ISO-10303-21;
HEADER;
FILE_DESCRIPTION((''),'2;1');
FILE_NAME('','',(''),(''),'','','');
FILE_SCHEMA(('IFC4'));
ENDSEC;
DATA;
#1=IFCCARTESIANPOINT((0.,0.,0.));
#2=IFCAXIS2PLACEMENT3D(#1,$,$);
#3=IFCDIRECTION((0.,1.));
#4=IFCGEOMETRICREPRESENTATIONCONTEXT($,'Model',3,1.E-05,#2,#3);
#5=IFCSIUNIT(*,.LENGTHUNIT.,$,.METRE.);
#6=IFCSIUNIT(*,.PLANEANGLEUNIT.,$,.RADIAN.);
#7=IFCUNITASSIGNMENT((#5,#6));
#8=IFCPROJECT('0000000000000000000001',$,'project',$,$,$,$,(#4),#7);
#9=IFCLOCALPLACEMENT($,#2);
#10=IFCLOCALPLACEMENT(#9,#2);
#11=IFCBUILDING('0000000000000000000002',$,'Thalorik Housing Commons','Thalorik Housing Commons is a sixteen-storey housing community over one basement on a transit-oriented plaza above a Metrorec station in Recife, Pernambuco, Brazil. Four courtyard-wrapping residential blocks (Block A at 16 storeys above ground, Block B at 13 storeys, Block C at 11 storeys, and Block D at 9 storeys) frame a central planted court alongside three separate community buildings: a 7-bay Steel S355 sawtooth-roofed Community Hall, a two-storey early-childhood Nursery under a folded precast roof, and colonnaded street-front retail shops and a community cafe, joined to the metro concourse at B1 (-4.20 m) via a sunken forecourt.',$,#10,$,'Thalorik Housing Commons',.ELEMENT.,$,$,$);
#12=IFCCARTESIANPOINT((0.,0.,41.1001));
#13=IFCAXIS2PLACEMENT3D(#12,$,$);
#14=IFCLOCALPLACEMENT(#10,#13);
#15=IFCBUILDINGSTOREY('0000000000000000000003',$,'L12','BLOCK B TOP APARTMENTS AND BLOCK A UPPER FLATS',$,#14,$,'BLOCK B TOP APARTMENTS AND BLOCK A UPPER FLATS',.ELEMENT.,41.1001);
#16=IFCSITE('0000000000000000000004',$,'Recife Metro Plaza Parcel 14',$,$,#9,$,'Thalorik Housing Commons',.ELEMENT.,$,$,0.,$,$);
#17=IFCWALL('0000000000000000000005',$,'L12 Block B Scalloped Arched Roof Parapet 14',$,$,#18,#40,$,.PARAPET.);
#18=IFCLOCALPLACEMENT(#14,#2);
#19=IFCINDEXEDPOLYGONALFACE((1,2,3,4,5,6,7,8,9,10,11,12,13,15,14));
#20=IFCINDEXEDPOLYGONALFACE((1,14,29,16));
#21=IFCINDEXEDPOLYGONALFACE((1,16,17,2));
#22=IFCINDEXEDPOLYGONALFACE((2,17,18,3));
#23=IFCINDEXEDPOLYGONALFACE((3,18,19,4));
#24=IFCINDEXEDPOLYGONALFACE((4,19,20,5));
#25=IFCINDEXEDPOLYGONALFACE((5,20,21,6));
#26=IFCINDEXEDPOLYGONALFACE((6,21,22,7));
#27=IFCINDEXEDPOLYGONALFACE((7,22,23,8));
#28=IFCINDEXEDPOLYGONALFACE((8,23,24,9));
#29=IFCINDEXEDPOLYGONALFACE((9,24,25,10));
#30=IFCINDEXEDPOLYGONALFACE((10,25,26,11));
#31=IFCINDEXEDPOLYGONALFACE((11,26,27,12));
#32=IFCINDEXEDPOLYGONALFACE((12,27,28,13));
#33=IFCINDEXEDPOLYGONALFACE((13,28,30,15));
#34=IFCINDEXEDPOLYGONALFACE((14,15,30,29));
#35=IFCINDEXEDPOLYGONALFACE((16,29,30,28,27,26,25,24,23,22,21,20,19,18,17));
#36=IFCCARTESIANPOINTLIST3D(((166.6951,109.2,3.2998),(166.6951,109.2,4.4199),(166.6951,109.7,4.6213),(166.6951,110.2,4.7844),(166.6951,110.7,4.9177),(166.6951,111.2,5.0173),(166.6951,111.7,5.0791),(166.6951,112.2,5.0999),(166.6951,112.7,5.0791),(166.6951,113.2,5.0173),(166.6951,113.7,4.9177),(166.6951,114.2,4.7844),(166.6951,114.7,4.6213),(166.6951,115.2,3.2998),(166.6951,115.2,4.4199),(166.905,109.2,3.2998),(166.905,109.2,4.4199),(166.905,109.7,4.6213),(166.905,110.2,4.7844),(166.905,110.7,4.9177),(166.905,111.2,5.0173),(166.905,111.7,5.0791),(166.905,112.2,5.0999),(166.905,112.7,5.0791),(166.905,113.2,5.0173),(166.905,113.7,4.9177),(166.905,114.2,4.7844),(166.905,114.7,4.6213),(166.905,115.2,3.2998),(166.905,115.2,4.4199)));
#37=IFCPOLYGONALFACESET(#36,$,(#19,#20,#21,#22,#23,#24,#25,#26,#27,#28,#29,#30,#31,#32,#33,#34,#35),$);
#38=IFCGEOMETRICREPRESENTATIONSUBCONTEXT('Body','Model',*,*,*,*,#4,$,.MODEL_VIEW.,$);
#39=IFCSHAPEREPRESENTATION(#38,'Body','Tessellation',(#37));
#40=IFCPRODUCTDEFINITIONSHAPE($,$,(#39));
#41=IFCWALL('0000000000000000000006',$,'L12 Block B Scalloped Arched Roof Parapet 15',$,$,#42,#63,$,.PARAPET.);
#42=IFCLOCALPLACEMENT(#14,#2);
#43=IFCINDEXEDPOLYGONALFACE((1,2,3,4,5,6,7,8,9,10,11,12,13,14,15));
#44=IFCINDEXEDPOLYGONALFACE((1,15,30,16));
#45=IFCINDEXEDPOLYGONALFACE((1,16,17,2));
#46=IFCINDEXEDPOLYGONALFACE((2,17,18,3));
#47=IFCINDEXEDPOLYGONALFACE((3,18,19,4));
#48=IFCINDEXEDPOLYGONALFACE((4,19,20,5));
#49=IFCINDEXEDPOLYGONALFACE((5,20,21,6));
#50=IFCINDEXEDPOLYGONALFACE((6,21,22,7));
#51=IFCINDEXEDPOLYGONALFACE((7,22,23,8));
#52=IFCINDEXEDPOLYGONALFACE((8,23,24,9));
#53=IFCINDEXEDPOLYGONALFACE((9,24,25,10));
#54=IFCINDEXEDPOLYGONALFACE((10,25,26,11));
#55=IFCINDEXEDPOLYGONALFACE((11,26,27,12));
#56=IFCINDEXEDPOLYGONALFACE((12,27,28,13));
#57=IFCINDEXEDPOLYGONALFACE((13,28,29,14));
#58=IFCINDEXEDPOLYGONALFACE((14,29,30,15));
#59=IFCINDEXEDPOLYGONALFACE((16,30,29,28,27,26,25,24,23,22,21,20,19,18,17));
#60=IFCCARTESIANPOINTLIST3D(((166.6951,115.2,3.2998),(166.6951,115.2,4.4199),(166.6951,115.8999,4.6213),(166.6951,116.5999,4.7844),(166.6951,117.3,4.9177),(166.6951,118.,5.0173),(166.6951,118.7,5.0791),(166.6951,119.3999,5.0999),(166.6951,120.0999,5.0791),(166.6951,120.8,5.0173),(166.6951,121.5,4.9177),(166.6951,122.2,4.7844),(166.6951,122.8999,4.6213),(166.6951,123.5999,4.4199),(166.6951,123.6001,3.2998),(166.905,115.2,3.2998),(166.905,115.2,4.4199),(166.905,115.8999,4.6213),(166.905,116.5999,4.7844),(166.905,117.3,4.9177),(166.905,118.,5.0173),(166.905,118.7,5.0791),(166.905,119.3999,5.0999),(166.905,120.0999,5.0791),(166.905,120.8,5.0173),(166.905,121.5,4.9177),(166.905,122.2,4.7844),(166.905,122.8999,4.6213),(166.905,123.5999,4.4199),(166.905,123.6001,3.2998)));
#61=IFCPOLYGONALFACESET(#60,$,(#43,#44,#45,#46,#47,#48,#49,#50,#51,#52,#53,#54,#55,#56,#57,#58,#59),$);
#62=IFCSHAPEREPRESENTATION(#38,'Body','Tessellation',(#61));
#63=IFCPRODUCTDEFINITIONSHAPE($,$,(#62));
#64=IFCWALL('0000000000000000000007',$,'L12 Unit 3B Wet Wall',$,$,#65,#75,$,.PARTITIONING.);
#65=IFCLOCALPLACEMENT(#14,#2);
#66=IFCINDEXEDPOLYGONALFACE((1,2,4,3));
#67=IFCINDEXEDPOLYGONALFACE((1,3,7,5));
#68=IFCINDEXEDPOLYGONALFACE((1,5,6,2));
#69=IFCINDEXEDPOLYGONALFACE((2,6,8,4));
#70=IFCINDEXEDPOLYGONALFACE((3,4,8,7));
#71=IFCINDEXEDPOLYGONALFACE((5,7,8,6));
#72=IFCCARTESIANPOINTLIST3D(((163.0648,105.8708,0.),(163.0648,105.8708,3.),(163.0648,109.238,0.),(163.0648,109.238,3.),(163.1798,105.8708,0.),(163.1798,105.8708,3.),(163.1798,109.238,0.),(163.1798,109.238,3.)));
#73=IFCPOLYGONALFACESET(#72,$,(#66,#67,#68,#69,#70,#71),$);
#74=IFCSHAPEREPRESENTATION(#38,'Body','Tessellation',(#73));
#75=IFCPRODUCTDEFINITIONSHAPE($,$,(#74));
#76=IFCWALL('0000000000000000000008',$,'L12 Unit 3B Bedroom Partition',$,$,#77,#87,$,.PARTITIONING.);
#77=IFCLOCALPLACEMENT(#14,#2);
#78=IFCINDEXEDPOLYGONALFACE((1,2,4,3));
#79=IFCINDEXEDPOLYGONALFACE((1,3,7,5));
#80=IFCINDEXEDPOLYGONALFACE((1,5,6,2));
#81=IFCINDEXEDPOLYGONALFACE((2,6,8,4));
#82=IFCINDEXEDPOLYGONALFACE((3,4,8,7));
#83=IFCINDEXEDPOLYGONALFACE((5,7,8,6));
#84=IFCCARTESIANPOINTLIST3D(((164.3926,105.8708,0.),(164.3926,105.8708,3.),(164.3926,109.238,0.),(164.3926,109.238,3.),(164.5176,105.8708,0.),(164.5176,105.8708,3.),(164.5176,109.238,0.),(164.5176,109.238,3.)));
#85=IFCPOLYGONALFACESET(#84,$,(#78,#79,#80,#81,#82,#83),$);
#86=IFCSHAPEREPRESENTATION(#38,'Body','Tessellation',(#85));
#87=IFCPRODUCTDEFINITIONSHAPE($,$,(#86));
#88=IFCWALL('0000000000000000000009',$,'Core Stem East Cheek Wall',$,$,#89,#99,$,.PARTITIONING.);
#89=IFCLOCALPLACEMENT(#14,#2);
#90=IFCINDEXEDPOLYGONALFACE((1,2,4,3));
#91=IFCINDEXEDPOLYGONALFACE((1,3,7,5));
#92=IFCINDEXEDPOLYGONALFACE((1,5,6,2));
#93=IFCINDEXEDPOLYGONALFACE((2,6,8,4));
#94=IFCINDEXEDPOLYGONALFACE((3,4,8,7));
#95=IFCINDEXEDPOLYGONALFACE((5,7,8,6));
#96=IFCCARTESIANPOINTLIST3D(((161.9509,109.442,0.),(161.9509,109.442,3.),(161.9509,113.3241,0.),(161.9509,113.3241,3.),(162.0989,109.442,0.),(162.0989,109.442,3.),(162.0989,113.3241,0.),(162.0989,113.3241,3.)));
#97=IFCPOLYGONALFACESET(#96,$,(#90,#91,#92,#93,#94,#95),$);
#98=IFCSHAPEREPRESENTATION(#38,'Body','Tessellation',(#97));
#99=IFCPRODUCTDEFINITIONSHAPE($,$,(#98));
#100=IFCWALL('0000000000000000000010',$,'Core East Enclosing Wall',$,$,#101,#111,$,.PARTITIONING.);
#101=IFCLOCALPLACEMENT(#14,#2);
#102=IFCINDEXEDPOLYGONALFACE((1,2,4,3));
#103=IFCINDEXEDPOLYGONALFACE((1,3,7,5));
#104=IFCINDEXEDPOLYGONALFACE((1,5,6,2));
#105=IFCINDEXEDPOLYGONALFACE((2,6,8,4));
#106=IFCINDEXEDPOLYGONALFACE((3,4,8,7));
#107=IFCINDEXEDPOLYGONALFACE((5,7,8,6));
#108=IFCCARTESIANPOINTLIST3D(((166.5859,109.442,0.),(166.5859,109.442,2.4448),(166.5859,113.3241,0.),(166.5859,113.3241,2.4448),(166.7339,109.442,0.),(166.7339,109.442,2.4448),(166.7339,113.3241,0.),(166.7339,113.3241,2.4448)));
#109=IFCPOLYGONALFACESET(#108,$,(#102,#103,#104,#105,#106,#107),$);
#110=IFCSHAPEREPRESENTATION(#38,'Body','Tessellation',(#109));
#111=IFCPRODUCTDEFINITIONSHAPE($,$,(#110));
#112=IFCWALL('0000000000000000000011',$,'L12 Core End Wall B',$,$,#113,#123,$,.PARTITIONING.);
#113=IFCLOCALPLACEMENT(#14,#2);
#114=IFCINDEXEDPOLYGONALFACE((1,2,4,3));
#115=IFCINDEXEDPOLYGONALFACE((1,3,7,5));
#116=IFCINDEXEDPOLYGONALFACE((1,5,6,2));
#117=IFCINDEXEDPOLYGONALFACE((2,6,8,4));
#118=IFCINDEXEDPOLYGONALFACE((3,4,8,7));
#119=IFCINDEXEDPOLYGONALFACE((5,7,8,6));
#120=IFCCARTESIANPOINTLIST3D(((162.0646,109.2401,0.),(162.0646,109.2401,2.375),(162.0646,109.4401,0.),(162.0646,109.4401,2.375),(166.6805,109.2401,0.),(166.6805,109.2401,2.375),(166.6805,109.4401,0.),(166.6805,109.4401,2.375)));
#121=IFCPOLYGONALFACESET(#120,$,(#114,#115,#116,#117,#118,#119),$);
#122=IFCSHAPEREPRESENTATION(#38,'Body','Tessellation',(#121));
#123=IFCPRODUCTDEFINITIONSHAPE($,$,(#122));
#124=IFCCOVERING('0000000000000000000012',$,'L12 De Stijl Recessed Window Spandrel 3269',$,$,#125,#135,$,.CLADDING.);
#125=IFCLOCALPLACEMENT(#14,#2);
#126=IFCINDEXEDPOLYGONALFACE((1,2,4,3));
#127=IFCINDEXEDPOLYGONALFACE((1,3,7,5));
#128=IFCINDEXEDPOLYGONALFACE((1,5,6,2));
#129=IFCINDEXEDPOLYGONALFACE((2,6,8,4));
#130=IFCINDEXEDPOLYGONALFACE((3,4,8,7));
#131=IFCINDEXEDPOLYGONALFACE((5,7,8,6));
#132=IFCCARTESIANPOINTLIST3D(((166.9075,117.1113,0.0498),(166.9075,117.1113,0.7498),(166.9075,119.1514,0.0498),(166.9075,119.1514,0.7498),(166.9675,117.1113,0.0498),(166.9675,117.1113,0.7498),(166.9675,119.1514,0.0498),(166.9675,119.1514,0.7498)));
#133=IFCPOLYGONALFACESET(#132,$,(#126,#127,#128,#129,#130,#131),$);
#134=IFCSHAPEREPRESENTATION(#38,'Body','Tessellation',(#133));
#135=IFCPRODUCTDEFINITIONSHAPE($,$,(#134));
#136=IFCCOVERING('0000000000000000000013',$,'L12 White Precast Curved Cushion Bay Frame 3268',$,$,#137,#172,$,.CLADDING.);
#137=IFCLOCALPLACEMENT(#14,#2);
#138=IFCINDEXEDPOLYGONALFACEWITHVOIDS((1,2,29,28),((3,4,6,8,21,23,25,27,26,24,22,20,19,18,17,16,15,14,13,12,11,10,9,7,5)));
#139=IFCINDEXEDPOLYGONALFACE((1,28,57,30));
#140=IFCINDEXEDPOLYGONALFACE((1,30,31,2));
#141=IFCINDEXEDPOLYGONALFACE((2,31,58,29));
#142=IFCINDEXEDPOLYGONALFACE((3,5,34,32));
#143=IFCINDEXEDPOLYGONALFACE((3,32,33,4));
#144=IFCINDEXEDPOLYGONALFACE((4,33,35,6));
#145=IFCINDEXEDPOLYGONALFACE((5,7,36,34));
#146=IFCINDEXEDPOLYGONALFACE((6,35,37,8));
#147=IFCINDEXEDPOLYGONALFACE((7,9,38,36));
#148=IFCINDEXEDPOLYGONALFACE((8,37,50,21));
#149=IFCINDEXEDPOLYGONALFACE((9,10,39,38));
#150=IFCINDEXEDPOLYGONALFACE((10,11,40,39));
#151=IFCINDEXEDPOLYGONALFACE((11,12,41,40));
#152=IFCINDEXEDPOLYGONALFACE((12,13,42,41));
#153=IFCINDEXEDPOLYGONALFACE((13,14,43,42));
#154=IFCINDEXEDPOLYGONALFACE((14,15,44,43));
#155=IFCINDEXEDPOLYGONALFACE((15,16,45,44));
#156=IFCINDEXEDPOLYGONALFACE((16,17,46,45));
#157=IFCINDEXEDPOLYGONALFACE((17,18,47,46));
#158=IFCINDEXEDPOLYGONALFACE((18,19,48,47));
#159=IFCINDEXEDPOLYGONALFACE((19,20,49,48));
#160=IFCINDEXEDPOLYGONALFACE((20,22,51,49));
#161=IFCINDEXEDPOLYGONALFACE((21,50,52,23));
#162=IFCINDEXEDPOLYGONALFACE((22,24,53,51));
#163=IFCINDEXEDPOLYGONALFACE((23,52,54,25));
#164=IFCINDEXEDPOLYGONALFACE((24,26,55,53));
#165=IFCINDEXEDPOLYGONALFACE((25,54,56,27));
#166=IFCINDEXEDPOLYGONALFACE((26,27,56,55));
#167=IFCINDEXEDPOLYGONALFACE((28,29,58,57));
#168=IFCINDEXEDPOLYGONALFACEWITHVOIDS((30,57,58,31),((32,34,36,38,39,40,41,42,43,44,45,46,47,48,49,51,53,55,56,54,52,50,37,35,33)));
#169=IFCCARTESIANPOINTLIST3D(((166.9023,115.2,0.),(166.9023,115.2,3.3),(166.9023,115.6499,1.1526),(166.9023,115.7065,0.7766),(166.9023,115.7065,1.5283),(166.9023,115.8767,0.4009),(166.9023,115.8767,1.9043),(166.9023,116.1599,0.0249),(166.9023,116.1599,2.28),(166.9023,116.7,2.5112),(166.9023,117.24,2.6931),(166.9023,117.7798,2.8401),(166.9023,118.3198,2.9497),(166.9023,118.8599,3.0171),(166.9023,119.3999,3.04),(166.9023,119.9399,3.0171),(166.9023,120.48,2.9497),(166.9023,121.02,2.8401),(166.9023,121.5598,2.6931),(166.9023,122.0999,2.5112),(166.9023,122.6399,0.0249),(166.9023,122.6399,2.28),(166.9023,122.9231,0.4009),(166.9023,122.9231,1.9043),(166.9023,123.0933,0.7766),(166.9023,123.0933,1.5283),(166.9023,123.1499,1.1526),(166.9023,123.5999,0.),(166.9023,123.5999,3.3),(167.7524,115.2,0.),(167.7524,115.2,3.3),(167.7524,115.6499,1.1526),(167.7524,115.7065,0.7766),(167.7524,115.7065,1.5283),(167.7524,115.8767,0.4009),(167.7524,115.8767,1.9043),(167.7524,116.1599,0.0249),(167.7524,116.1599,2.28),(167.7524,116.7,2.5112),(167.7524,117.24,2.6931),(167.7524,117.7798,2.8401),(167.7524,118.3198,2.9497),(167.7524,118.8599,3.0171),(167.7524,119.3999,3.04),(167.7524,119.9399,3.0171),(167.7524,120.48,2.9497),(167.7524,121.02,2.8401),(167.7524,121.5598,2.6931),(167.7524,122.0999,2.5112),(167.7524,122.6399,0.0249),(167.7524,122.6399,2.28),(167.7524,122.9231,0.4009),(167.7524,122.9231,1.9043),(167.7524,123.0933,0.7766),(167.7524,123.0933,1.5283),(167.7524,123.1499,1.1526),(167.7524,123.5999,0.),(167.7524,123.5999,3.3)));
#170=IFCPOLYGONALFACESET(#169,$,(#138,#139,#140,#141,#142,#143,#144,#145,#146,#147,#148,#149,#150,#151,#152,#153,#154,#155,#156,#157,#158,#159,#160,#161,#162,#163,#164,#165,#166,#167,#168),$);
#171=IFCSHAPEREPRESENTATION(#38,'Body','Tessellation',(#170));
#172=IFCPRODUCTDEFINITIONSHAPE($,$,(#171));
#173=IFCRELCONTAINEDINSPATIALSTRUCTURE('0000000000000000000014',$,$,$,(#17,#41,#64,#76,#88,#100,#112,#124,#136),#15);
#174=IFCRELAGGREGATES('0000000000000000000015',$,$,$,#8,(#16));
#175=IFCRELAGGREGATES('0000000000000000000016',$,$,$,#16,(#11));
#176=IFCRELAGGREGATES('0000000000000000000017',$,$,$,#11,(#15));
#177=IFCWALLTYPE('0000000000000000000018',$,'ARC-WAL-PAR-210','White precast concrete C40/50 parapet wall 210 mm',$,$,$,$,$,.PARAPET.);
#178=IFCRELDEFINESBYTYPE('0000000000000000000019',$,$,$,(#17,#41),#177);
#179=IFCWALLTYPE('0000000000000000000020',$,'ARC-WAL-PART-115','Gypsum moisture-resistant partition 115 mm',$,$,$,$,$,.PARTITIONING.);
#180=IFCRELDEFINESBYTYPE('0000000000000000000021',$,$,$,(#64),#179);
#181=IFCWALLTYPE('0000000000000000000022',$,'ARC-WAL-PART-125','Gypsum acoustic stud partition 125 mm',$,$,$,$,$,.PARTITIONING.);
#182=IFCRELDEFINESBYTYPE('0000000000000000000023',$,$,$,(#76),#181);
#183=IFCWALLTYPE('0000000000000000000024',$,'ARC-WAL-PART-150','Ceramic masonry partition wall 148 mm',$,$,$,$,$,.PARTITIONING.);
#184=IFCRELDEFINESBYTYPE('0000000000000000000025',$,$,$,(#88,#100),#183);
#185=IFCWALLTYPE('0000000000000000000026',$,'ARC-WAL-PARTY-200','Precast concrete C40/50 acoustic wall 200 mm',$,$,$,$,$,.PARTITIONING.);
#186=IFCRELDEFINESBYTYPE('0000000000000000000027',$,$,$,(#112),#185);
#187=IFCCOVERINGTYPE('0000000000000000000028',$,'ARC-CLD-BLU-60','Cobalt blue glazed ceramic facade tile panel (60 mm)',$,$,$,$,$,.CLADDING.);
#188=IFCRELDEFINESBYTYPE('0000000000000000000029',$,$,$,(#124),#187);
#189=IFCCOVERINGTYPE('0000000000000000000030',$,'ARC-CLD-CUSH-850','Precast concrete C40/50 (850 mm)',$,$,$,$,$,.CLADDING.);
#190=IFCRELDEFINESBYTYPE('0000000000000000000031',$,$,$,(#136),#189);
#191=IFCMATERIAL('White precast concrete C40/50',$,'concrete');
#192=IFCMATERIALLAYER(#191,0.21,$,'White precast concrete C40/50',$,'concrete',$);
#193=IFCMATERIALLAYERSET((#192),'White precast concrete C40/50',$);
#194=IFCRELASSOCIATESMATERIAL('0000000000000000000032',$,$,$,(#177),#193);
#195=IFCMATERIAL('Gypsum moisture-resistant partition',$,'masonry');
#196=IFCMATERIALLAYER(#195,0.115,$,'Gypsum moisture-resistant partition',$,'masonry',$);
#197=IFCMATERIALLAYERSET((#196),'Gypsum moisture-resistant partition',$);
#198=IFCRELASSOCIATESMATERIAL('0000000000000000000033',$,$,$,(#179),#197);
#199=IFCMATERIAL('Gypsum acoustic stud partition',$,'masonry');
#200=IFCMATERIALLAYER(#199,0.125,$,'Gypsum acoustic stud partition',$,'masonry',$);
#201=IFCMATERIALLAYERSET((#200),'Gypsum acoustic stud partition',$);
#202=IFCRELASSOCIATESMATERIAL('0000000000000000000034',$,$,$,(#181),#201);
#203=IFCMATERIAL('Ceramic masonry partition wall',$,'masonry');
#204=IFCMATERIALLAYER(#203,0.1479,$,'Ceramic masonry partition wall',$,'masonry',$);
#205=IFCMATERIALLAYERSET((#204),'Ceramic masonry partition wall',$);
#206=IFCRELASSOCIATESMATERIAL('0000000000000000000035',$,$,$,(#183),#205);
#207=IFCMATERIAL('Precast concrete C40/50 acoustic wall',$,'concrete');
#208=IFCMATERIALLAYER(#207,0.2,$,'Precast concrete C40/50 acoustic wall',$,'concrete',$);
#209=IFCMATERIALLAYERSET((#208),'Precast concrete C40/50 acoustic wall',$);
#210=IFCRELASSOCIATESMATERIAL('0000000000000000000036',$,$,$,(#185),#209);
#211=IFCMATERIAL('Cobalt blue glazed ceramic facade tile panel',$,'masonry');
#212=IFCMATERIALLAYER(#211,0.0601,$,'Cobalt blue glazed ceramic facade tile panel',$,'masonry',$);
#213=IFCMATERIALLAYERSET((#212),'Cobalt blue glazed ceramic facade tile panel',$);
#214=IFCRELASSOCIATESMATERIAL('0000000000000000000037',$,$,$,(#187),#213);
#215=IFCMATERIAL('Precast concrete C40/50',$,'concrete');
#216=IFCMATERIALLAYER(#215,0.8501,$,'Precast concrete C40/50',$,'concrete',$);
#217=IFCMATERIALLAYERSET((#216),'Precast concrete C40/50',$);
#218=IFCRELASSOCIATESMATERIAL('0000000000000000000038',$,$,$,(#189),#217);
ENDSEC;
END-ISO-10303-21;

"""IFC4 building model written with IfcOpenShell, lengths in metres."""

from ifc_helpers import new_model, si_unit, direction, frame, frame_2d, origin, origin_2d, place, context, subcontext, project, spatial, polyline, rectangle, outline, extrude, material, layer, layer_set, type_object, element, save


model = new_model("IFC4")

# Units and contexts
model_context = context("Model", 3, precision=1e-05, world=origin(), true_north=direction((0.0, 1.0)))
body_context = subcontext(model_context, "Body", "Model", "MODEL_VIEW")
ifc_project = project(units=[si_unit("LENGTHUNIT", "METRE"), si_unit("PLANEANGLEUNIT", "RADIAN")], contexts=[model_context])

# Site, building, storey
site_placement = place(None, origin())
site = spatial("IfcSite", under=ifc_project, at=site_placement, Name="Recife Metro Plaza Parcel 14", LongName="Thalorik Housing Commons", CompositionType="ELEMENT", RefElevation=0.0)
building_placement = place(site_placement, origin())
building = spatial("IfcBuilding", under=site, at=building_placement, Name="Thalorik Housing Commons", Description="Thalorik Housing Commons is a sixteen-storey housing community over one basement on a transit-oriented plaza above a Metrorec station in Recife, Pernambuco, Brazil. Four courtyard-wrapping residential blocks (Block A at 16 storeys above ground, Block B at 13 storeys, Block C at 11 storeys, and Block D at 9 storeys) frame a central planted court alongside three separate community buildings: a 7-bay Steel S355 sawtooth-roofed Community Hall, a two-storey early-childhood Nursery under a folded precast roof, and colonnaded street-front retail shops and a community cafe, joined to the metro concourse at B1 (-4.20 m) via a sunken forecourt.", LongName="Thalorik Housing Commons", CompositionType="ELEMENT")
storey_placement = place(building_placement, frame((0.0, 0.0, 41.1001)))
storey = spatial("IfcBuildingStorey", under=building, at=storey_placement, Name="L12", Description="BLOCK B TOP APARTMENTS AND BLOCK A UPPER FLATS", LongName="BLOCK B TOP APARTMENTS AND BLOCK A UPPER FLATS", CompositionType="ELEMENT", Elevation=41.1001)

# Shared definitions
ifc_material_1 = material(Name="Precast concrete C40/50", Category="concrete")

# Shared definitions
ifc_material_2 = material(Name="White precast concrete C40/50", Category="concrete")

# Walls
ifc_layer_1 = layer(ifc_material_2, 0.21, Name="White precast concrete C40/50", Category="concrete")
ifc_layer_set_1 = layer_set([ifc_layer_1], Name="White precast concrete C40/50")
wall_type_1 = type_object("IfcWallType", Name="ARC-WAL-PAR-210", Description="White precast concrete C40/50 parapet wall 210 mm", PredefinedType="PARAPET", material=ifc_layer_set_1)
wall_1_placement = place(storey_placement, frame((166.8, 109.2, 3.2998), z_axis=(0.0, 0.0, 1.0), x_axis=(0.0, 1.0, 0.0)))
element("IfcWall", 1, at=wall_1_placement, inside=storey, type_object=wall_type_1, Name="L12 Block B Scalloped Arched Roof Parapet 14", PredefinedType="PARAPET", context=body_context, shape_type="SweptSolid", body=[
    extrude(outline(polyline([(0.0, 0.0), (6.0, 0.0), (6.0, 1.1201), (5.5, 1.3215), (5.0, 1.4846), (4.5, 1.6179), (4.0, 1.7175), (3.5, 1.7793), (3.0, 1.8), (2.5, 1.7793), (2.0, 1.7175), (1.5, 1.6179), (1.0, 1.4846), (0.5, 1.3215), (0.0, 1.1201), (0.0, 0.0)])), frame((0.0, 0.105, 0.0), z_axis=(0.0, -1.0, 0.0), x_axis=(1.0, 0.0, 0.0)), (0.0, 0.0, 1.0), 0.21),
])
wall_2_placement = place(storey_placement, frame((166.8, 115.2, 3.2998), z_axis=(0.0, 0.0, 1.0), x_axis=(0.0, 1.0, 0.0)))
element("IfcWall", 2, at=wall_2_placement, inside=storey, type_object=wall_type_1, Name="L12 Block B Scalloped Arched Roof Parapet 15", PredefinedType="PARAPET", context=body_context, shape_type="SweptSolid", body=[
    extrude(outline(polyline([(0.0, 0.0), (8.4001, 0.0), (8.3999, 1.1201), (7.7, 1.3215), (7.0, 1.4846), (6.3, 1.6179), (5.6001, 1.7175), (4.8999, 1.7793), (4.2, 1.8), (3.5, 1.7793), (2.8, 1.7175), (2.1001, 1.6179), (1.3999, 1.4846), (0.7, 1.3215), (0.0, 1.1201), (0.0, 0.0)])), frame((0.0, 0.105, 0.0), z_axis=(0.0, -1.0, 0.0), x_axis=(1.0, 0.0, 0.0)), (0.0, 0.0, 1.0), 0.21),
])
ifc_material_3 = material(Name="Gypsum moisture-resistant partition", Category="masonry")
ifc_layer_2 = layer(ifc_material_3, 0.115, Name="Gypsum moisture-resistant partition", Category="masonry")
ifc_layer_set_2 = layer_set([ifc_layer_2], Name="Gypsum moisture-resistant partition")
wall_type_2 = type_object("IfcWallType", Name="ARC-WAL-PART-115", Description="Gypsum moisture-resistant partition 115 mm", PredefinedType="PARTITIONING", material=ifc_layer_set_2)
wall_3_placement = place(storey_placement, frame((163.1223, 105.8708, 0.0), z_axis=(0.0, 0.0, 1.0), x_axis=(0.0, 1.0, 0.0)))
element("IfcWall", 3, at=wall_3_placement, inside=storey, type_object=wall_type_2, Name="L12 Unit 3B Wet Wall", PredefinedType="PARTITIONING", context=body_context, shape_type="SweptSolid", body=[
    extrude(rectangle(XDim=3.3672, YDim=0.115, at=frame_2d((1.6836, 0.0))), origin(), (0.0, 0.0, 1.0), 3.0),
])
ifc_material_4 = material(Name="Gypsum acoustic stud partition", Category="masonry")
ifc_layer_3 = layer(ifc_material_4, 0.125, Name="Gypsum acoustic stud partition", Category="masonry")
ifc_layer_set_3 = layer_set([ifc_layer_3], Name="Gypsum acoustic stud partition")
wall_type_3 = type_object("IfcWallType", Name="ARC-WAL-PART-125", Description="Gypsum acoustic stud partition 125 mm", PredefinedType="PARTITIONING", material=ifc_layer_set_3)
wall_4_placement = place(storey_placement, frame((164.4551, 105.8708, 0.0), z_axis=(0.0, 0.0, 1.0), x_axis=(0.0, 1.0, 0.0)))
element("IfcWall", 4, at=wall_4_placement, inside=storey, type_object=wall_type_3, Name="L12 Unit 3B Bedroom Partition", PredefinedType="PARTITIONING", context=body_context, shape_type="SweptSolid", body=[
    extrude(rectangle(XDim=3.3672, YDim=0.125, at=frame_2d((1.6836, 0.0))), origin(), (0.0, 0.0, 1.0), 3.0),
])
ifc_material_5 = material(Name="Ceramic masonry partition wall", Category="masonry")
ifc_layer_4 = layer(ifc_material_5, 0.1479, Name="Ceramic masonry partition wall", Category="masonry")
ifc_layer_set_4 = layer_set([ifc_layer_4], Name="Ceramic masonry partition wall")
wall_type_4 = type_object("IfcWallType", Name="ARC-WAL-PART-150", Description="Ceramic masonry partition wall 148 mm", PredefinedType="PARTITIONING", material=ifc_layer_set_4)
wall_5_placement = place(storey_placement, frame((162.0249, 113.324, 0.0), z_axis=(0.0, 0.0, 1.0), x_axis=(0.0, -1.0, 0.0)))
element("IfcWall", 5, at=wall_5_placement, inside=storey, type_object=wall_type_4, Name="Core Stem East Cheek Wall", PredefinedType="PARTITIONING", context=body_context, shape_type="SweptSolid", body=[
    extrude(rectangle(XDim=3.8821, YDim=0.1479, at=frame_2d((1.9409, 0.0))), origin(), (0.0, 0.0, 1.0), 3.0),
])
wall_6_placement = place(storey_placement, frame((166.6599, 113.324, 0.0), z_axis=(0.0, 0.0, 1.0), x_axis=(0.0, -1.0, 0.0)))
element("IfcWall", 6, at=wall_6_placement, inside=storey, type_object=wall_type_4, Name="Core East Enclosing Wall", PredefinedType="PARTITIONING", context=body_context, shape_type="SweptSolid", body=[
    extrude(rectangle(XDim=3.8821, YDim=0.1479, at=frame_2d((1.9409, 0.0))), origin(), (0.0, 0.0, 1.0), 2.4448),
])

# Wall
ifc_material_6 = material(Name="Precast concrete C40/50 acoustic wall", Category="concrete")
ifc_layer_5 = layer(ifc_material_6, 0.2, Name="Precast concrete C40/50 acoustic wall", Category="concrete")
ifc_layer_set_5 = layer_set([ifc_layer_5], Name="Precast concrete C40/50 acoustic wall")
wall_type_5 = type_object("IfcWallType", Name="ARC-WAL-PARTY-200", Description="Precast concrete C40/50 acoustic wall 200 mm", PredefinedType="PARTITIONING", material=ifc_layer_set_5)
wall_7_placement = place(storey_placement, frame((162.0645, 109.3401, 0.0), z_axis=(0.0, 0.0, 1.0), x_axis=(1.0, 0.0, 0.0)))
element("IfcWall", 7, at=wall_7_placement, inside=storey, type_object=wall_type_5, Name="L12 Core End Wall B", PredefinedType="PARTITIONING", context=body_context, shape_type="SweptSolid", body=[
    extrude(rectangle(XDim=4.616, YDim=0.2, at=frame_2d((2.3081, 0.0))), origin(), (0.0, 0.0, 1.0), 2.375),
])

# Coverings
ifc_material_7 = material(Name="Cobalt blue glazed ceramic facade tile panel", Category="masonry")
ifc_layer_6 = layer(ifc_material_7, 0.0601, Name="Cobalt blue glazed ceramic facade tile panel", Category="masonry")
ifc_layer_set_6 = layer_set([ifc_layer_6], Name="Cobalt blue glazed ceramic facade tile panel")
covering_type_1 = type_object("IfcCoveringType", Name="ARC-CLD-BLU-60", Description="Cobalt blue glazed ceramic facade tile panel (60 mm)", PredefinedType="CLADDING", material=ifc_layer_set_6)
covering_1_placement = place(storey_placement, frame((166.9375, 118.1313, 0.0498), z_axis=(0.0, 0.0, 1.0), x_axis=(0.0, 1.0, 0.0)))
element("IfcCovering", 8, at=covering_1_placement, inside=storey, type_object=covering_type_1, Name="L12 De Stijl Recessed Window Spandrel 3269", PredefinedType="CLADDING", context=body_context, shape_type="SweptSolid", body=[
    extrude(rectangle(XDim=2.04, YDim=0.0601, at=origin_2d()), origin(), (0.0, 0.0, 1.0), 0.7),
])
ifc_layer_7 = layer(ifc_material_1, 0.8501, Name="Precast concrete C40/50", Category="concrete")
ifc_layer_set_7 = layer_set([ifc_layer_7], Name="Precast concrete C40/50")
covering_type_2 = type_object("IfcCoveringType", Name="ARC-CLD-CUSH-850", Description="Precast concrete C40/50 (850 mm)", PredefinedType="CLADDING", material=ifc_layer_set_7)
covering_2_placement = place(storey_placement, frame((167.3274, 119.3999, 0.0), z_axis=(0.0, 0.0, 1.0), x_axis=(0.0, 1.0, 0.0)))
element("IfcCovering", 9, at=covering_2_placement, inside=storey, type_object=covering_type_2, Name="L12 White Precast Curved Cushion Bay Frame 3268", PredefinedType="CLADDING", context=body_context, shape_type="SweptSolid", body=[
    extrude(outline(polyline([(-4.2, 0.0), (4.2, 0.0), (4.2, 3.3), (-4.2, 3.3), (-4.2, 0.0)]), holes=[polyline([(3.24, 0.0249), (3.5232, 0.4009), (3.6934, 0.7766), (3.75, 1.1526), (3.6934, 1.5283), (3.5232, 1.9043), (3.24, 2.28), (2.7, 2.5112), (2.1599, 2.6931), (1.6201, 2.8401), (1.0801, 2.9497), (0.54, 3.0171), (0.0, 3.04), (-0.54, 3.0171), (-1.0801, 2.9497), (-1.6201, 2.8401), (-2.1599, 2.6931), (-2.7, 2.5112), (-3.24, 2.28), (-3.5232, 1.9043), (-3.6934, 1.5283), (-3.75, 1.1526), (-3.6934, 0.7766), (-3.5232, 0.4009), (-3.24, 0.0249), (3.24, 0.0249)])]), frame((0.0, 0.425, 0.0), z_axis=(0.0, -1.0, 0.0), x_axis=(1.0, 0.0, 0.0)), (0.0, 0.0, 1.0), 0.8501),
])

save(model, "model.ifc")
